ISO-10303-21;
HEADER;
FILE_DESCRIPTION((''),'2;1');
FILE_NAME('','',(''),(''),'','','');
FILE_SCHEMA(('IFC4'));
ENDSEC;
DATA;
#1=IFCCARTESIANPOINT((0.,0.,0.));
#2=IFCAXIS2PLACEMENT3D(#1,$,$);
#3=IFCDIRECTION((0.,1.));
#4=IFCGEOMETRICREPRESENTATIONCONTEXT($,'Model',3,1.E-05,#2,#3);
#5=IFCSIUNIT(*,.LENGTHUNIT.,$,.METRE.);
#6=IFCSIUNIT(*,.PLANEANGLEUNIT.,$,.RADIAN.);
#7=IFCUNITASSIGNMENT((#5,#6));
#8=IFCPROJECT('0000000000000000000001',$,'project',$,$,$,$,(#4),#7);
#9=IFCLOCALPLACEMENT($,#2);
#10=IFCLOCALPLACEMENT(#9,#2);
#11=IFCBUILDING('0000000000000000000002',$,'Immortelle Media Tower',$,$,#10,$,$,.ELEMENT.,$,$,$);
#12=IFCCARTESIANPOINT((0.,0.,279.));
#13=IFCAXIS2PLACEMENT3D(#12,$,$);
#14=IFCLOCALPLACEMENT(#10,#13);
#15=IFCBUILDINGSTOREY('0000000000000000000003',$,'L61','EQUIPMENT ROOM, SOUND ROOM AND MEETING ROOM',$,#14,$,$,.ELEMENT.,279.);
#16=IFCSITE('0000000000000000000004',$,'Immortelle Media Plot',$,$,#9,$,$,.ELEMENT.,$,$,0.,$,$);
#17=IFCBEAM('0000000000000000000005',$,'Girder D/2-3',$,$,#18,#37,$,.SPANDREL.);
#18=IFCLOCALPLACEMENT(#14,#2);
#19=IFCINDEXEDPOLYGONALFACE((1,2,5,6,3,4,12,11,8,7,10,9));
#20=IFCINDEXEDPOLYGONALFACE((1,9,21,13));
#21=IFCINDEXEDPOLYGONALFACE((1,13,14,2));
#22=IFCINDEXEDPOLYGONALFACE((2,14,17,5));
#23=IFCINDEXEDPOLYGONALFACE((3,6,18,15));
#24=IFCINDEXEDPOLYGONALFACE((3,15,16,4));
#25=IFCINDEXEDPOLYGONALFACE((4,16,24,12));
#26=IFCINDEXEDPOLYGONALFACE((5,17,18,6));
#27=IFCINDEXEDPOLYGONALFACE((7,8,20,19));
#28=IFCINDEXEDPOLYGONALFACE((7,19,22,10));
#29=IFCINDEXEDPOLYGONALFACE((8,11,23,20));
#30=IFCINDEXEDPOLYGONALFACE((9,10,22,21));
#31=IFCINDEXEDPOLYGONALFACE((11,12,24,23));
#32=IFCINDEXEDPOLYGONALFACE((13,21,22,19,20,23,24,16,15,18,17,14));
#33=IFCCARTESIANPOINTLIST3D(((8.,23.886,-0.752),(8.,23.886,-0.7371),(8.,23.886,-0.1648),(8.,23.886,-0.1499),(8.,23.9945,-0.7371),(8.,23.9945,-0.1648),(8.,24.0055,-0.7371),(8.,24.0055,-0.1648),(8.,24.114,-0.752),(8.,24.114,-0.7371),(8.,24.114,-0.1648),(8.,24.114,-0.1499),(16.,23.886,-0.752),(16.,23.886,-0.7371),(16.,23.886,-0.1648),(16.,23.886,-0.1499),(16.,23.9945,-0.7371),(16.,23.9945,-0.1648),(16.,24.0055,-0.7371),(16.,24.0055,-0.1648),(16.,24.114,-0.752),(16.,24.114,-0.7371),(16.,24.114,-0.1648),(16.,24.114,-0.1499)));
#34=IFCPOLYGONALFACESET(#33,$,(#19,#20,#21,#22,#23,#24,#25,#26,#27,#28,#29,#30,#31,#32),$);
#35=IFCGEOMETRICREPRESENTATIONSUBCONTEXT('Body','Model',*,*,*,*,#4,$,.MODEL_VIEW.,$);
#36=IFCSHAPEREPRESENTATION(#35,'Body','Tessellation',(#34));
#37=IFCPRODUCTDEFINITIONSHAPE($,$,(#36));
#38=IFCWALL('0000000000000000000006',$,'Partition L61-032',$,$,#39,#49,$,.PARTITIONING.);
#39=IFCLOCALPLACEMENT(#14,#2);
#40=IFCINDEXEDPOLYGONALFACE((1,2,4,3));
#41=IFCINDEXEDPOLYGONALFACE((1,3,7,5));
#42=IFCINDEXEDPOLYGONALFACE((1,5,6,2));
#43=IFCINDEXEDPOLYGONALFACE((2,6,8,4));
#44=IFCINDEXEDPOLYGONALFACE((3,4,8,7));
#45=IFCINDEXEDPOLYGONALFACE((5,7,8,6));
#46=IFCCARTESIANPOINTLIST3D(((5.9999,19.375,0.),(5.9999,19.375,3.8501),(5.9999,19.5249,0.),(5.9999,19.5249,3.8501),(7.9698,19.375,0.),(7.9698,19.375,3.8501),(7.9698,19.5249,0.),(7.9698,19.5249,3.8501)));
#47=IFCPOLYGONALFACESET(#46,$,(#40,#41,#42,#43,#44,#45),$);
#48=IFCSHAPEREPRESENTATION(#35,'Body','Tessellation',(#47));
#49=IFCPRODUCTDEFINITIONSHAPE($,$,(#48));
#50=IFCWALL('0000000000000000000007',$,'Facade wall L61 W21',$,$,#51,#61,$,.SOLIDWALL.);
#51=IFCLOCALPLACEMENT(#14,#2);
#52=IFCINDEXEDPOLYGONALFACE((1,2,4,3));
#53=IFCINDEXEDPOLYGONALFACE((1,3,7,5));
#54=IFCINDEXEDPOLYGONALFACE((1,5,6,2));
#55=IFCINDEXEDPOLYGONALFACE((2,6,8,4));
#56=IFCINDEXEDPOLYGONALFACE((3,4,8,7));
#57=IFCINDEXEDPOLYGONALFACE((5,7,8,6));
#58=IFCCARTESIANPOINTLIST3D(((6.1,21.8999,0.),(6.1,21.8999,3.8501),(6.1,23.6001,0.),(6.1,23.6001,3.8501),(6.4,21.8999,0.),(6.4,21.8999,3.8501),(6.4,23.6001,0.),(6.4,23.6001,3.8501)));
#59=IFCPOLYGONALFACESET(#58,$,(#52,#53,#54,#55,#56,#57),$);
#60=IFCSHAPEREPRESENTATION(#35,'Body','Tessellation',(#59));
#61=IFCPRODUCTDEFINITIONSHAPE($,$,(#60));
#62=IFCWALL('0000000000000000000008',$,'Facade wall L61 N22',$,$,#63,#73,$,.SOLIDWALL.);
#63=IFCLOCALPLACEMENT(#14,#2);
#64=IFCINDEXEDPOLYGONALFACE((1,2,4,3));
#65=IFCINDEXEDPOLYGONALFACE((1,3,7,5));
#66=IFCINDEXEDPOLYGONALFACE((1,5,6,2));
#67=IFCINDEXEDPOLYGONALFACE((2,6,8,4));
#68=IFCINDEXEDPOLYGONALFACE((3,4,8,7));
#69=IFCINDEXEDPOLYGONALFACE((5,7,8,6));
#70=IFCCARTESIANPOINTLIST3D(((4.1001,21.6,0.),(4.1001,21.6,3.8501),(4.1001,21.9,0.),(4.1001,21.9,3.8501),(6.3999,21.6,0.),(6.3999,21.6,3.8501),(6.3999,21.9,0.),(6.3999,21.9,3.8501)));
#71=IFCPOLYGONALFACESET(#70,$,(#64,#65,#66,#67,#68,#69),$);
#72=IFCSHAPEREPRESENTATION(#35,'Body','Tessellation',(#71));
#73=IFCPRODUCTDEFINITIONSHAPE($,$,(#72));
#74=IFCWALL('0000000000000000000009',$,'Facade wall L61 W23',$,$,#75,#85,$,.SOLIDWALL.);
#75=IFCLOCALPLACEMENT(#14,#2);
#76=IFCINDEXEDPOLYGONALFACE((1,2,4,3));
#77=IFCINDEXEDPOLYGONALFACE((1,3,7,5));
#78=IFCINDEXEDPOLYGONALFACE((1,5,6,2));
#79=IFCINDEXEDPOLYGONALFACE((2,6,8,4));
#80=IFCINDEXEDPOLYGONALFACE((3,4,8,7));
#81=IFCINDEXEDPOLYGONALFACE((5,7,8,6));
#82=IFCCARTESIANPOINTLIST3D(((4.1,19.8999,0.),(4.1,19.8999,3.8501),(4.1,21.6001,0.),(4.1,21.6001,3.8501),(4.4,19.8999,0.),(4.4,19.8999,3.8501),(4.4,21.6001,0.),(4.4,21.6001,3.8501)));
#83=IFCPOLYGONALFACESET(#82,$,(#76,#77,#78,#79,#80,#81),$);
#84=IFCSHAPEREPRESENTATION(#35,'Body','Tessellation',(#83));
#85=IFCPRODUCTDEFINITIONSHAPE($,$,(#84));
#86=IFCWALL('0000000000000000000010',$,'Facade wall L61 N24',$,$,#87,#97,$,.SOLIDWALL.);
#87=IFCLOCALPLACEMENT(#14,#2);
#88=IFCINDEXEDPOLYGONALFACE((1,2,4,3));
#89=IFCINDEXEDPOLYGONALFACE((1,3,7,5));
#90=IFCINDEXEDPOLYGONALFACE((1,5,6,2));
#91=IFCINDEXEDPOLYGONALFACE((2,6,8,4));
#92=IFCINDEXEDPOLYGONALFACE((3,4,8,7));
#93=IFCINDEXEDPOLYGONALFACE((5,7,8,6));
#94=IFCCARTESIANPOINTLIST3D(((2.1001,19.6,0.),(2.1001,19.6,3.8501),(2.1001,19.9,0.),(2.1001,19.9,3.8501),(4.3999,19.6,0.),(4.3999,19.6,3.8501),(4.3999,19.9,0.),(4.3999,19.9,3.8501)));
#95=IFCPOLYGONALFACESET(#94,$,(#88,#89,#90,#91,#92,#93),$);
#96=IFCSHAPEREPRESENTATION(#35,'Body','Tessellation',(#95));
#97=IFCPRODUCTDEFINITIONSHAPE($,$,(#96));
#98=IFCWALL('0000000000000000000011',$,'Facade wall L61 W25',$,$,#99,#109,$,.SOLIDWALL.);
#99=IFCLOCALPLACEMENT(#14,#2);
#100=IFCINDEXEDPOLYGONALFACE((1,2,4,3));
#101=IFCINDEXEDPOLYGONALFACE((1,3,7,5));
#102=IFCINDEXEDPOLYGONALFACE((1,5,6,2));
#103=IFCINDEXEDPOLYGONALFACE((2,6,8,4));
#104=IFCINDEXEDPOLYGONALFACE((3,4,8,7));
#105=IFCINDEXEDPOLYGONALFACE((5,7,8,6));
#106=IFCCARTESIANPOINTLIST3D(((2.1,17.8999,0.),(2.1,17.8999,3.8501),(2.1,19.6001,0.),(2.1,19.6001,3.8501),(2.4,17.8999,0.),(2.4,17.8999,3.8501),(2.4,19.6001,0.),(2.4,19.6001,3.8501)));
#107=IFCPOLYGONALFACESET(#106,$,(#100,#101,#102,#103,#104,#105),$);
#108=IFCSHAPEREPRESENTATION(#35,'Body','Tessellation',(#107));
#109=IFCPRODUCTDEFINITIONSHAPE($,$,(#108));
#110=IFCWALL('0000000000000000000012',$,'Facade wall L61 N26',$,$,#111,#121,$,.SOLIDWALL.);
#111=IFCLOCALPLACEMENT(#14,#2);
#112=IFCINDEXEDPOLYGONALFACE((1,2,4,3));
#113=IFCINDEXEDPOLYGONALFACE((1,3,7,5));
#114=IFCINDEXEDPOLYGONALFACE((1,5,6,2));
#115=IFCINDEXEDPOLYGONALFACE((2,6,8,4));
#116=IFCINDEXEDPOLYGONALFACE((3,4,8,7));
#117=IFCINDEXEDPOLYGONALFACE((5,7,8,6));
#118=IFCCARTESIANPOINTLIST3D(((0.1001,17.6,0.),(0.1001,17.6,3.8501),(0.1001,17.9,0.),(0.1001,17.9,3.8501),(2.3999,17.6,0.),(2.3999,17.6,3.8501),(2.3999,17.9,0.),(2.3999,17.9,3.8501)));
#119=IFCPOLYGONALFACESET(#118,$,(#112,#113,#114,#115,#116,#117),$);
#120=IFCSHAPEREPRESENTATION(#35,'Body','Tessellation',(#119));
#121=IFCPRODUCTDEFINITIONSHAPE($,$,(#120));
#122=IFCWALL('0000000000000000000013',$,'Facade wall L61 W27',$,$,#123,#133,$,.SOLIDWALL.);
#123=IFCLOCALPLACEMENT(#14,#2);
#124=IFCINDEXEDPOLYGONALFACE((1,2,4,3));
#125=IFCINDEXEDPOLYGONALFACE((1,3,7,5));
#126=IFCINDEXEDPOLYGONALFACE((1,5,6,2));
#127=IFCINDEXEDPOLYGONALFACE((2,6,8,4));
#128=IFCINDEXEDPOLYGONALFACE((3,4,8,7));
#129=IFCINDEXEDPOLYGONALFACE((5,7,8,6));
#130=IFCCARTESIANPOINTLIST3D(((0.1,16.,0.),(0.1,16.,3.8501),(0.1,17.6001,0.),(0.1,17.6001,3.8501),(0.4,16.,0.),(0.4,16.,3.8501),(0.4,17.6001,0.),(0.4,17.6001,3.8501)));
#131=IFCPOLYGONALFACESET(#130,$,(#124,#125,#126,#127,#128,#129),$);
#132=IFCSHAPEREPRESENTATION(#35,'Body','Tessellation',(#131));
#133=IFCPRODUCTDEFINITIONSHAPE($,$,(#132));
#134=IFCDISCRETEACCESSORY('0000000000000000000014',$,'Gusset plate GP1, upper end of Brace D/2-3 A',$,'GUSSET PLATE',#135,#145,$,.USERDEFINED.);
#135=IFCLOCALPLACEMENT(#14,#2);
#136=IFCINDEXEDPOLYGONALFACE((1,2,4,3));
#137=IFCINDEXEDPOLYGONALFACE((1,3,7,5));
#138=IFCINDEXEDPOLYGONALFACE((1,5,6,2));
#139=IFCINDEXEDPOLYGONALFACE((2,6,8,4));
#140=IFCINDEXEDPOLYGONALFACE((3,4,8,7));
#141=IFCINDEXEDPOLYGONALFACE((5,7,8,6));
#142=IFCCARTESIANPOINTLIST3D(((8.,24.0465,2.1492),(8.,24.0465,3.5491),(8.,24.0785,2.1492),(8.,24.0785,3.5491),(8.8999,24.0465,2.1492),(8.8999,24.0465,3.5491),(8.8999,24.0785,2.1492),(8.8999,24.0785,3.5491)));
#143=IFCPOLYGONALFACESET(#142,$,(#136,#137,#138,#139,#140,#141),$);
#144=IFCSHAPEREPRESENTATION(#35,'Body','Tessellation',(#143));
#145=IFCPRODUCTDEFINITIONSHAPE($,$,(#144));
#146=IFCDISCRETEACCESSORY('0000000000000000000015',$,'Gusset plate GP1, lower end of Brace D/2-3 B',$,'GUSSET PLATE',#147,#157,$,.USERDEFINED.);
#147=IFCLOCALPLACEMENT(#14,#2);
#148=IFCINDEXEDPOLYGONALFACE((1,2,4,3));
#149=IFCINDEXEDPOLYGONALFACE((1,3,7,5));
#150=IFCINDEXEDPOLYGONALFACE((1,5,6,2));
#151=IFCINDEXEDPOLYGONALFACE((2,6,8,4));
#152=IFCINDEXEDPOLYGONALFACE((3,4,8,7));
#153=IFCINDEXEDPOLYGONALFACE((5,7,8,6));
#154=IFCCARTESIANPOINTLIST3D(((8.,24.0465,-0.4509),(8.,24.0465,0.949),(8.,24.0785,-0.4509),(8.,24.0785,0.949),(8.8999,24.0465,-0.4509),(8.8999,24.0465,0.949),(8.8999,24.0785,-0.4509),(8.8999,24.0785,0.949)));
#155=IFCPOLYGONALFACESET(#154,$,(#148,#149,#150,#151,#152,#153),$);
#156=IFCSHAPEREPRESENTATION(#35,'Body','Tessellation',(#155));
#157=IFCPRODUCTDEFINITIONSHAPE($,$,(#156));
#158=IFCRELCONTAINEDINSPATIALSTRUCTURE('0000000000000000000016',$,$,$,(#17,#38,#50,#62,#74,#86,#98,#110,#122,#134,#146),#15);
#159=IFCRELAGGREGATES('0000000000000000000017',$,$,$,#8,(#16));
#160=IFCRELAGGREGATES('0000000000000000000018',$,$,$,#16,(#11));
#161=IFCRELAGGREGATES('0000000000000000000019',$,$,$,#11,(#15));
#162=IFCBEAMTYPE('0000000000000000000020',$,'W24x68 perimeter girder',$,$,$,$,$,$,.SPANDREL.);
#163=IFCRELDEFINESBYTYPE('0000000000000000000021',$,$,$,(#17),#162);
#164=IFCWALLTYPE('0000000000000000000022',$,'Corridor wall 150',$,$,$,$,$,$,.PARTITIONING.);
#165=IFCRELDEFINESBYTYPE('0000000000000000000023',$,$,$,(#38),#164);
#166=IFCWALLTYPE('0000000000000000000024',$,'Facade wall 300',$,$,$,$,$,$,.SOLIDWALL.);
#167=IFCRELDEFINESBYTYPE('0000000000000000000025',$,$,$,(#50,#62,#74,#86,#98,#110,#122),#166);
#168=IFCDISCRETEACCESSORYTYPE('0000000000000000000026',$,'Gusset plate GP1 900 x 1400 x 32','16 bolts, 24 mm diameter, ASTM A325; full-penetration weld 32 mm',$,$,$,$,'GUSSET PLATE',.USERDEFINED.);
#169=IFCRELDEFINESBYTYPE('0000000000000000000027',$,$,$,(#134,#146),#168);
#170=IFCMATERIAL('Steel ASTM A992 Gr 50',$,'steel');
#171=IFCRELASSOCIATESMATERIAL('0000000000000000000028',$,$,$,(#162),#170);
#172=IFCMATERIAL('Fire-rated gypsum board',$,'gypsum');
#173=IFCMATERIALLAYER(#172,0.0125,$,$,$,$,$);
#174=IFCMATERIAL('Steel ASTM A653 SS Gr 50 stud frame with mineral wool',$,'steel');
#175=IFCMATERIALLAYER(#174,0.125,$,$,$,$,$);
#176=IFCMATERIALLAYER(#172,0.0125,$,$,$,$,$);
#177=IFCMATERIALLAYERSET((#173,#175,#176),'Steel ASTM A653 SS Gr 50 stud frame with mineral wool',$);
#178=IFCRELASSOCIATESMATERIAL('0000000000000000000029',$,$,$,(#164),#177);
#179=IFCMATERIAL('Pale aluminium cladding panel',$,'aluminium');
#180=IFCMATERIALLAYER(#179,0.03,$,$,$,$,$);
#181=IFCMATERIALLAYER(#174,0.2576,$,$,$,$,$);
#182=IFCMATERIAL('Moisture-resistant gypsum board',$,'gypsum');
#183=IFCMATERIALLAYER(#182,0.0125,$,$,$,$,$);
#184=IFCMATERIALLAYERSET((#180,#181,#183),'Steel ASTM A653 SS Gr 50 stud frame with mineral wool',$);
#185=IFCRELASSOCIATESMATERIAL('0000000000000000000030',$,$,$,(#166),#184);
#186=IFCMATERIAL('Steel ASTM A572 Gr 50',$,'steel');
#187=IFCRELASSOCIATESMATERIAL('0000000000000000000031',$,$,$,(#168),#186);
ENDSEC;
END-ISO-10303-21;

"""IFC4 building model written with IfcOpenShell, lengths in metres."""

from ifc_helpers import new_model, si_unit, direction, frame, frame_2d, origin, origin_2d, place, context, subcontext, project, spatial, rectangle, i_section, extrude, material, layer, layer_set, material_profile, profile_set, type_object, element, save


model = new_model("IFC4")

# Units and contexts
model_context = context("Model", 3, precision=1e-05, world=origin(), true_north=direction((0.0, 1.0)))
body_context = subcontext(model_context, "Body", "Model", "MODEL_VIEW")
ifc_project = project(units=[si_unit("LENGTHUNIT", "METRE"), si_unit("PLANEANGLEUNIT", "RADIAN")], contexts=[model_context])

# Site, building, storey
site_placement = place(None, origin())
site = spatial("IfcSite", under=ifc_project, at=site_placement, Name="Immortelle Media Plot", CompositionType="ELEMENT", RefElevation=0.0)
building_placement = place(site_placement, origin())
building = spatial("IfcBuilding", under=site, at=building_placement, Name="Immortelle Media Tower", CompositionType="ELEMENT")
storey_placement = place(building_placement, frame((0.0, 0.0, 279.0)))
storey = spatial("IfcBuildingStorey", under=building, at=storey_placement, Name="L61", Description="EQUIPMENT ROOM, SOUND ROOM AND MEETING ROOM", CompositionType="ELEMENT", Elevation=279.0)

# Shared definitions
ifc_material_1 = material(Name="Steel ASTM A992 Gr 50", Category="steel")

# Beam
ifc_material_profile_1 = material_profile(ifc_material_1, i_section(OverallWidth=0.228, OverallDepth=0.6021, WebThickness=0.011, FlangeThickness=0.0149, at=origin_2d()), Name="W24x68")
ifc_profile_set_1 = profile_set([ifc_material_profile_1], Name="Steel ASTM A992 Gr 50")
beam_type_1 = type_object("IfcBeamType", Name="W24x68 perimeter girder", PredefinedType="SPANDREL", material=ifc_profile_set_1)
beam_1_placement = place(storey_placement, frame((8.0, 24.0, -0.4509), z_axis=(1.0, 0.0, 0.0), x_axis=(0.0, 1.0, 0.0)))
element("IfcBeam", 1, at=beam_1_placement, inside=storey, type_object=beam_type_1, Name="Girder D/2-3", PredefinedType="SPANDREL", context=body_context, shape_type="SweptSolid", body=[
    extrude(i_section(OverallWidth=0.228, OverallDepth=0.6021, WebThickness=0.011, FlangeThickness=0.0149, at=origin_2d()), origin(), (0.0, 0.0, 1.0), 8.0),
])

# Walls
ifc_material_2 = material(Name="Fire-rated gypsum board", Category="gypsum")
ifc_layer_1 = layer(ifc_material_2, 0.0125)
ifc_material_3 = material(Name="Steel ASTM A653 SS Gr 50 stud frame with mineral wool", Category="steel")
ifc_layer_2 = layer(ifc_material_3, 0.125)
ifc_layer_3 = layer(ifc_material_2, 0.0125)
ifc_layer_set_1 = layer_set([ifc_layer_1, ifc_layer_2, ifc_layer_3], Name="Steel ASTM A653 SS Gr 50 stud frame with mineral wool")
wall_type_1 = type_object("IfcWallType", Name="Corridor wall 150", PredefinedType="PARTITIONING", material=ifc_layer_set_1)
wall_1_placement = place(storey_placement, frame((6.0, 19.45, 0.0), z_axis=(0.0, 0.0, 1.0), x_axis=(1.0, 0.0, 0.0)))
element("IfcWall", 2, at=wall_1_placement, inside=storey, type_object=wall_type_1, Name="Partition L61-032", PredefinedType="PARTITIONING", context=body_context, shape_type="SweptSolid", body=[
    extrude(rectangle(XDim=1.97, YDim=0.1499, at=frame_2d((0.9849, 0.0))), origin(), (0.0, 0.0, 1.0), 3.8501),
])
ifc_material_4 = material(Name="Pale aluminium cladding panel", Category="aluminium")
ifc_layer_4 = layer(ifc_material_4, 0.03)
ifc_layer_5 = layer(ifc_material_3, 0.2576)
ifc_material_5 = material(Name="Moisture-resistant gypsum board", Category="gypsum")
ifc_layer_6 = layer(ifc_material_5, 0.0125)
ifc_layer_set_2 = layer_set([ifc_layer_4, ifc_layer_5, ifc_layer_6], Name="Steel ASTM A653 SS Gr 50 stud frame with mineral wool")
wall_type_2 = type_object("IfcWallType", Name="Facade wall 300", PredefinedType="SOLIDWALL", material=ifc_layer_set_2)
wall_2_placement = place(storey_placement, frame((6.25, 23.6001, 0.0), z_axis=(0.0, 0.0, 1.0), x_axis=(0.0, -1.0, 0.0)))
element("IfcWall", 3, at=wall_2_placement, inside=storey, type_object=wall_type_2, Name="Facade wall L61 W21", PredefinedType="SOLIDWALL", context=body_context, shape_type="SweptSolid", body=[
    extrude(rectangle(XDim=1.7002, YDim=0.3, at=frame_2d((0.8501, 0.0))), origin(), (0.0, 0.0, 1.0), 3.8501),
])
wall_3_placement = place(storey_placement, frame((6.3999, 21.75, 0.0), z_axis=(0.0, 0.0, 1.0), x_axis=(-1.0, 0.0, 0.0)))
element("IfcWall", 4, at=wall_3_placement, inside=storey, type_object=wall_type_2, Name="Facade wall L61 N22", PredefinedType="SOLIDWALL", context=body_context, shape_type="SweptSolid", body=[
    extrude(rectangle(XDim=2.2998, YDim=0.3, at=frame_2d((1.1499, 0.0))), origin(), (0.0, 0.0, 1.0), 3.8501),
])
wall_4_placement = place(storey_placement, frame((4.25, 21.6001, 0.0), z_axis=(0.0, 0.0, 1.0), x_axis=(0.0, -1.0, 0.0)))
element("IfcWall", 5, at=wall_4_placement, inside=storey, type_object=wall_type_2, Name="Facade wall L61 W23", PredefinedType="SOLIDWALL", context=body_context, shape_type="SweptSolid", body=[
    extrude(rectangle(XDim=1.7002, YDim=0.3, at=frame_2d((0.8501, 0.0))), origin(), (0.0, 0.0, 1.0), 3.8501),
])
wall_5_placement = place(storey_placement, frame((4.3999, 19.75, 0.0), z_axis=(0.0, 0.0, 1.0), x_axis=(-1.0, 0.0, 0.0)))
element("IfcWall", 6, at=wall_5_placement, inside=storey, type_object=wall_type_2, Name="Facade wall L61 N24", PredefinedType="SOLIDWALL", context=body_context, shape_type="SweptSolid", body=[
    extrude(rectangle(XDim=2.2998, YDim=0.3, at=frame_2d((1.1499, 0.0))), origin(), (0.0, 0.0, 1.0), 3.8501),
])
wall_6_placement = place(storey_placement, frame((2.25, 19.6001, 0.0), z_axis=(0.0, 0.0, 1.0), x_axis=(0.0, -1.0, 0.0)))
element("IfcWall", 7, at=wall_6_placement, inside=storey, type_object=wall_type_2, Name="Facade wall L61 W25", PredefinedType="SOLIDWALL", context=body_context, shape_type="SweptSolid", body=[
    extrude(rectangle(XDim=1.7002, YDim=0.3, at=frame_2d((0.8501, 0.0))), origin(), (0.0, 0.0, 1.0), 3.8501),
])
wall_7_placement = place(storey_placement, frame((2.3999, 17.75, 0.0), z_axis=(0.0, 0.0, 1.0), x_axis=(-1.0, 0.0, 0.0)))
element("IfcWall", 8, at=wall_7_placement, inside=storey, type_object=wall_type_2, Name="Facade wall L61 N26", PredefinedType="SOLIDWALL", context=body_context, shape_type="SweptSolid", body=[
    extrude(rectangle(XDim=2.2998, YDim=0.3, at=frame_2d((1.1499, 0.0))), origin(), (0.0, 0.0, 1.0), 3.8501),
])
wall_8_placement = place(storey_placement, frame((0.25, 17.6001, 0.0), z_axis=(0.0, 0.0, 1.0), x_axis=(0.0, -1.0, 0.0)))
element("IfcWall", 9, at=wall_8_placement, inside=storey, type_object=wall_type_2, Name="Facade wall L61 W27", PredefinedType="SOLIDWALL", context=body_context, shape_type="SweptSolid", body=[
    extrude(rectangle(XDim=1.6001, YDim=0.3, at=frame_2d((0.8, 0.0))), origin(), (0.0, 0.0, 1.0), 3.8501),
])

# Discrete accessories
ifc_material_6 = material(Name="Steel ASTM A572 Gr 50", Category="steel")
ifc_material_profile_2 = material_profile(ifc_material_6, rectangle(XDim=0.032, YDim=1.3999, at=origin_2d()), Name="PL 32 x 1400")
ifc_profile_set_2 = profile_set([ifc_material_profile_2], Name="Steel ASTM A572 Gr 50")
discrete_accessory_type = type_object("IfcDiscreteAccessoryType", Name="Gusset plate GP1 900 x 1400 x 32", Description="16 bolts, 24 mm diameter, ASTM A325; full-penetration weld 32 mm", ElementType="GUSSET PLATE", PredefinedType="USERDEFINED", material=ifc_profile_set_2)
for number, where, z_axis, x_axis, name in (
    (10, (8.0, 24.0625, 2.8491), (1.0, 0.0, 0.0), (0.0, 1.0, 0.0), "Gusset plate GP1, upper end of Brace D/2-3 A"),
    (11, (8.0, 24.0625, 0.249), (1.0, 0.0, 0.0), (0.0, 1.0, 0.0), "Gusset plate GP1, lower end of Brace D/2-3 B"),
):
    element("IfcDiscreteAccessory", number, at=place(storey_placement, frame(where, z_axis=z_axis, x_axis=x_axis)), inside=storey, type_object=discrete_accessory_type, Name=name, ObjectType="GUSSET PLATE", PredefinedType="USERDEFINED", context=body_context, shape_type="SweptSolid", body=[
        extrude(rectangle(XDim=0.032, YDim=1.3999, at=origin_2d()), origin(), (0.0, 0.0, 1.0), 0.8999),
    ])

save(model, "model.ifc")
